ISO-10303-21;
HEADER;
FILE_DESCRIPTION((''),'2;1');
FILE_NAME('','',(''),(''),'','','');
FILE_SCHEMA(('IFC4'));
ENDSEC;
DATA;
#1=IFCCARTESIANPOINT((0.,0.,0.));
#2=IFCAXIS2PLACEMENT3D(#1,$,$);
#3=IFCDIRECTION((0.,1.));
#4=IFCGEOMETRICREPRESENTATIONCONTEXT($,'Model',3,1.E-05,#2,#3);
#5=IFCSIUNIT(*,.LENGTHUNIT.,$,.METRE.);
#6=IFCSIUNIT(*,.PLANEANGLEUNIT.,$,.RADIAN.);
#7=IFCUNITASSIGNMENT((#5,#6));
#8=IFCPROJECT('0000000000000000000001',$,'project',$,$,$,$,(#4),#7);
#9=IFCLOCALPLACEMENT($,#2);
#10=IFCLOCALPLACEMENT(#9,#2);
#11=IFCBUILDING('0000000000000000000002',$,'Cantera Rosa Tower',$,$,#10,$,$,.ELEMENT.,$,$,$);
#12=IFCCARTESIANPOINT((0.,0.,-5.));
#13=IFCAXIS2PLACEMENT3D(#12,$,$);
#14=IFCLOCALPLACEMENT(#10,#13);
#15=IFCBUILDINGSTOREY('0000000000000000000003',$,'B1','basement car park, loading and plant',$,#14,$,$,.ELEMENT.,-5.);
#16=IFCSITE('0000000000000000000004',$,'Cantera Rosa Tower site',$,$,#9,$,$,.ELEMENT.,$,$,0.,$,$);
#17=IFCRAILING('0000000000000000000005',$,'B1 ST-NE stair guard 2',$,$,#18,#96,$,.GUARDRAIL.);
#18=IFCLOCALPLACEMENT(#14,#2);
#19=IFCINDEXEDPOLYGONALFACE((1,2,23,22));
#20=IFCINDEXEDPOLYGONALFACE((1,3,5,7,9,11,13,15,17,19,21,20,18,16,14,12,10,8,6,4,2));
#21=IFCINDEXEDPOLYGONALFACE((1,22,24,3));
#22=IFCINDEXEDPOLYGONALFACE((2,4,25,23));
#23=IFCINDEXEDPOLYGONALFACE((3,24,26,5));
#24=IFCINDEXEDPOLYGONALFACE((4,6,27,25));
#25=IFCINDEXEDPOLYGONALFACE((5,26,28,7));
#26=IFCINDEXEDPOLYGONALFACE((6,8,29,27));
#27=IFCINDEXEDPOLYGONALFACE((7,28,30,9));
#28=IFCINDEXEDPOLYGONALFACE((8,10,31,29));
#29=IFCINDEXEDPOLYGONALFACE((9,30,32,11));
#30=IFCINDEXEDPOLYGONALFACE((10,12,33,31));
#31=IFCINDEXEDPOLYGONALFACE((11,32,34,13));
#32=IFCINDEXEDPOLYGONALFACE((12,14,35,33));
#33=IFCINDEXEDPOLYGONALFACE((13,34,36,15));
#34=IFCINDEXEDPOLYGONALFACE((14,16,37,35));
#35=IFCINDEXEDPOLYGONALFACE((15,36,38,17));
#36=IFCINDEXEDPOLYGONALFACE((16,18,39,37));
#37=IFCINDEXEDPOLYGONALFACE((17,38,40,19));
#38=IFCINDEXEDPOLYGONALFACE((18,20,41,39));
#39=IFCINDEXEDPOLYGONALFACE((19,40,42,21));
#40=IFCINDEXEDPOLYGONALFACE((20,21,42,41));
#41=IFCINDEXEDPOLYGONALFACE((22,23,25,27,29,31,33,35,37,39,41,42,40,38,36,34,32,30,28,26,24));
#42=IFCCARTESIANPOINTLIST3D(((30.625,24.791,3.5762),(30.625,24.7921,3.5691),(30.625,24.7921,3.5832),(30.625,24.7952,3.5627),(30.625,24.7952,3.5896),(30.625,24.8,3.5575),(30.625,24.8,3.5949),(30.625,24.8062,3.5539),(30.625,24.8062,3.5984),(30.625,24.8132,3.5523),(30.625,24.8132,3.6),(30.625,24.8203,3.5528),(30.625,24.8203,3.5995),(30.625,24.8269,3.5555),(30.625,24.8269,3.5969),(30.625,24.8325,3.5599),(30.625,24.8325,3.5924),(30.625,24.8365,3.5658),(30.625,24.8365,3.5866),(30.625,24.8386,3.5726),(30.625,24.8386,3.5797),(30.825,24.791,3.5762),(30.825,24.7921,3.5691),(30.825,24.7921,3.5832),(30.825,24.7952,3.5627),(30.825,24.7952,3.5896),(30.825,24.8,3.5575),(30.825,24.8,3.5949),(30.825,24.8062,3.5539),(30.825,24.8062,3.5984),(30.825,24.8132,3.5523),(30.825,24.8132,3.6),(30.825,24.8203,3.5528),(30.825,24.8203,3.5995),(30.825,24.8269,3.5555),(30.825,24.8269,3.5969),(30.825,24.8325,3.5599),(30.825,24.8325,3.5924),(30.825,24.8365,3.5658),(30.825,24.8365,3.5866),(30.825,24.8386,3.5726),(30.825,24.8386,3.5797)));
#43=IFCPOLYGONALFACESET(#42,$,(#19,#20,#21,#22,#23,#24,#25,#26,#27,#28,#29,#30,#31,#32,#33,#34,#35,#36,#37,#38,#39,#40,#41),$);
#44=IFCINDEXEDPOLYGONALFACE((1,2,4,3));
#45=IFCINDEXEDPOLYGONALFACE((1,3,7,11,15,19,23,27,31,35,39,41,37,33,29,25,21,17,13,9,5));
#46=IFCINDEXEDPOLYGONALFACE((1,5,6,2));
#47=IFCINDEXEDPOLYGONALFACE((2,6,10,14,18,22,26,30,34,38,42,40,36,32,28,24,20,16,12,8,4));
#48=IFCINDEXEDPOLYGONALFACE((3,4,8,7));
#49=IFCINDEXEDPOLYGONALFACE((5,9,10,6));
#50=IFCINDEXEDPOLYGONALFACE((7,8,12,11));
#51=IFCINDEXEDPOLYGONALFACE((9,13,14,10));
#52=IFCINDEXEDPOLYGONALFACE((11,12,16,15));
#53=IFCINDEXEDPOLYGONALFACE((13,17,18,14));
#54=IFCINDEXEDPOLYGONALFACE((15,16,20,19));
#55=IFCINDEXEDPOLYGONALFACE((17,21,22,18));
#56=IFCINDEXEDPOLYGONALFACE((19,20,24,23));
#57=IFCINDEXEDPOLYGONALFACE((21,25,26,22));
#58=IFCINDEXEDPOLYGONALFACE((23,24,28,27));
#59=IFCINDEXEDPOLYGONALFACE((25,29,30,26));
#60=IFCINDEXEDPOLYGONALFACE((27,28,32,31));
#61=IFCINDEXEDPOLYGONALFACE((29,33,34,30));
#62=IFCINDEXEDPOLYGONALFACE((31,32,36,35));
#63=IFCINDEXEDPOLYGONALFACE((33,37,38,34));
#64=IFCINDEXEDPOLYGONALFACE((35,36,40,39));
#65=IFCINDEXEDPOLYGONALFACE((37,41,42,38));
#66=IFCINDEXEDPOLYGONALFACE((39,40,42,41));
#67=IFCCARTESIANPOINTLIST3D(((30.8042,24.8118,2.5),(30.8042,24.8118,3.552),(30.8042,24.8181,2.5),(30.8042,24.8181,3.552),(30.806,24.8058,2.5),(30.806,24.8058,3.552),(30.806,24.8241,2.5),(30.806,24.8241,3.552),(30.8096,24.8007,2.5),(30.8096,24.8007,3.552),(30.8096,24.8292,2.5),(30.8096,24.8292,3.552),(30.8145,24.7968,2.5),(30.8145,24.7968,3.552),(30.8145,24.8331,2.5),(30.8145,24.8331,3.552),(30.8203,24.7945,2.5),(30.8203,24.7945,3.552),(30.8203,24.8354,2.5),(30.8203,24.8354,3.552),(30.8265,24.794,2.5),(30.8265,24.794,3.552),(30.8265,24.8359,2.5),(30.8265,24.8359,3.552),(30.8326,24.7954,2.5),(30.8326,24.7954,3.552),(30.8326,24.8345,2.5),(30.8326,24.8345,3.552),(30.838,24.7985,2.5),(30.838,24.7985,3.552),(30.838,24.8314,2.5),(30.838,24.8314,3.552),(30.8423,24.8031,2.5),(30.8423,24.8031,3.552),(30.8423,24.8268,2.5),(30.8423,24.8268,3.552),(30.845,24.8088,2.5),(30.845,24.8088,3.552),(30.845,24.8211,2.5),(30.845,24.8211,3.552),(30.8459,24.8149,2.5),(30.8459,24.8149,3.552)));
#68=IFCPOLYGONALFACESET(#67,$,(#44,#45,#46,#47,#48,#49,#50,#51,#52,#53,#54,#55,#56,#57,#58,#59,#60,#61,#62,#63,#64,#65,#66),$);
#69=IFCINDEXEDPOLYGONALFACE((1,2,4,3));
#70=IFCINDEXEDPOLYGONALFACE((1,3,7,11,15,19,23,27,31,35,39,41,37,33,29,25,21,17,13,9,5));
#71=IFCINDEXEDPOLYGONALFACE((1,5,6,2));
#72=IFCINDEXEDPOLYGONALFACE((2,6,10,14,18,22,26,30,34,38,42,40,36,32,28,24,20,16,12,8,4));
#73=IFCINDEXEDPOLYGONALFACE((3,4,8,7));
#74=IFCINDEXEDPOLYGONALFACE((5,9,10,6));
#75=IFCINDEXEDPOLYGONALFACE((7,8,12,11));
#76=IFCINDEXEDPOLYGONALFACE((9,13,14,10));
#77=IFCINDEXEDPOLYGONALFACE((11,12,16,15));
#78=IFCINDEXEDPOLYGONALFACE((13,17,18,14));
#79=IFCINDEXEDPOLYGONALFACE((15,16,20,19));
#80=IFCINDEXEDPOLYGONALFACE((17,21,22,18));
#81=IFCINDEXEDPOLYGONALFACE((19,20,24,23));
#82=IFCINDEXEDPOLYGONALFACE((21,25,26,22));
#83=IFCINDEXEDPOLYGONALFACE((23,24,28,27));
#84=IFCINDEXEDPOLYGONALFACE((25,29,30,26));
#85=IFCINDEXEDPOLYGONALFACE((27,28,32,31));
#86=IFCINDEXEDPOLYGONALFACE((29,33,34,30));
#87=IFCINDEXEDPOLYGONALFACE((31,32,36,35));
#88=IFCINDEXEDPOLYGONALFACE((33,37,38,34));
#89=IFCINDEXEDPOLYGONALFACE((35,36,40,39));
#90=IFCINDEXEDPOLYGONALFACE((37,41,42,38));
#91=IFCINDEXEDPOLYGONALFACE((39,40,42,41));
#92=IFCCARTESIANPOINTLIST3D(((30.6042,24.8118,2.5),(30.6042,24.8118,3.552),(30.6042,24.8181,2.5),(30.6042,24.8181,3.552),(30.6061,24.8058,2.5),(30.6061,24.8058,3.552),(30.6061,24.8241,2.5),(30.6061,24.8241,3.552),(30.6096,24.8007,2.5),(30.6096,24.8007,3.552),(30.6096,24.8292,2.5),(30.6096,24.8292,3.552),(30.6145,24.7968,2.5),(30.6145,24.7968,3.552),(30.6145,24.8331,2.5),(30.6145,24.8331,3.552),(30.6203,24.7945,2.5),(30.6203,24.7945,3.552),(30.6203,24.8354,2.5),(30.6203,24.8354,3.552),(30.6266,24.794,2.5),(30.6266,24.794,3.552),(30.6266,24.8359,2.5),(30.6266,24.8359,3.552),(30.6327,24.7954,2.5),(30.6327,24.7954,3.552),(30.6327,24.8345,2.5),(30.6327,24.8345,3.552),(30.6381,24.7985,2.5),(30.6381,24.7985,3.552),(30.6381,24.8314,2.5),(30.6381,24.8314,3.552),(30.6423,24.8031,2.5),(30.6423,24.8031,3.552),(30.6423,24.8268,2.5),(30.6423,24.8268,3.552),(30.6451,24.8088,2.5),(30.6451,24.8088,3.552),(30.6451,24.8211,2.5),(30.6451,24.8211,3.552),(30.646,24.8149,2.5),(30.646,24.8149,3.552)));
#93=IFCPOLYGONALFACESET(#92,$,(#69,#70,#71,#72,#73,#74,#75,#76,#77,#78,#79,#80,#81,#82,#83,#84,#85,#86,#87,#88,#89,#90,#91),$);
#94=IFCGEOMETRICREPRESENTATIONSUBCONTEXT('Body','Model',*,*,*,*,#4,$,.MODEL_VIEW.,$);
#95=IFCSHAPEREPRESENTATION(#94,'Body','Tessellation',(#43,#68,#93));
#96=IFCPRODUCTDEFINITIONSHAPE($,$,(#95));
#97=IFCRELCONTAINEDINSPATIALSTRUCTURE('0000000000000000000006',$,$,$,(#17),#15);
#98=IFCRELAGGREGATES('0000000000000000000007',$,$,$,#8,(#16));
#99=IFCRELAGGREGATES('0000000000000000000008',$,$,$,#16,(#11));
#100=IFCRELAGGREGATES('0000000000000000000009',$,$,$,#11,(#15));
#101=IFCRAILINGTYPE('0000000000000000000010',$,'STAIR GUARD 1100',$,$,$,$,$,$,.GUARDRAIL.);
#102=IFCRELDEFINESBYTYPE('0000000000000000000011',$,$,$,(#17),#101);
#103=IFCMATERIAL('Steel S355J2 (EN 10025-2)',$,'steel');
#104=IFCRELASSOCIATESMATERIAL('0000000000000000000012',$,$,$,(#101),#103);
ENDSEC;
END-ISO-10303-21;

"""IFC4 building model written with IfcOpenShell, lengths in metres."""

from ifc_helpers import new_model, si_unit, direction, frame, origin, origin_2d, place, context, subcontext, project, spatial, circle, extrude, material, type_object, element, save


model = new_model("IFC4")

# Units and contexts
model_context = context("Model", 3, precision=1e-05, world=origin(), true_north=direction((0.0, 1.0)))
body_context = subcontext(model_context, "Body", "Model", "MODEL_VIEW")
ifc_project = project(units=[si_unit("LENGTHUNIT", "METRE"), si_unit("PLANEANGLEUNIT", "RADIAN")], contexts=[model_context])

# Site, building, storey
site_placement = place(None, origin())
site = spatial("IfcSite", under=ifc_project, at=site_placement, Name="Cantera Rosa Tower site", CompositionType="ELEMENT", RefElevation=0.0)
building_placement = place(site_placement, origin())
building = spatial("IfcBuilding", under=site, at=building_placement, Name="Cantera Rosa Tower", CompositionType="ELEMENT")
storey_placement = place(building_placement, frame((0.0, 0.0, -5.0)))
storey = spatial("IfcBuildingStorey", under=building, at=storey_placement, Name="B1", Description="basement car park, loading and plant", CompositionType="ELEMENT", Elevation=-5.0)

# Railing
ifc_material_1 = material(Name="Steel S355J2 (EN 10025-2)", Category="steel")
railing_type_1 = type_object("IfcRailingType", Name="STAIR GUARD 1100", PredefinedType="GUARDRAIL", material=ifc_material_1)
railing_1_placement = place(storey_placement, frame((30.825, 24.8149, 2.5)))
element("IfcRailing", 1, at=railing_1_placement, inside=storey, type_object=railing_type_1, Name="B1 ST-NE stair guard 2", PredefinedType="GUARDRAIL", context=body_context, shape_type="SweptSolid", body=[
    extrude(circle(Radius=0.0239, at=origin_2d()), frame((0.0, 0.0, 1.0762), z_axis=(-1.0, 0.0, 0.0), x_axis=(0.0, -1.0, 0.0)), (0.0, 0.0, 1.0), 0.2),
    extrude(circle(Radius=0.021, at=origin_2d()), origin(), (0.0, 0.0, 1.0), 1.052),
    extrude(circle(Radius=0.021, at=origin_2d()), frame((-0.2, 0.0, 0.0)), (0.0, 0.0, 1.0), 1.052),
])

save(model, "model.ifc")
